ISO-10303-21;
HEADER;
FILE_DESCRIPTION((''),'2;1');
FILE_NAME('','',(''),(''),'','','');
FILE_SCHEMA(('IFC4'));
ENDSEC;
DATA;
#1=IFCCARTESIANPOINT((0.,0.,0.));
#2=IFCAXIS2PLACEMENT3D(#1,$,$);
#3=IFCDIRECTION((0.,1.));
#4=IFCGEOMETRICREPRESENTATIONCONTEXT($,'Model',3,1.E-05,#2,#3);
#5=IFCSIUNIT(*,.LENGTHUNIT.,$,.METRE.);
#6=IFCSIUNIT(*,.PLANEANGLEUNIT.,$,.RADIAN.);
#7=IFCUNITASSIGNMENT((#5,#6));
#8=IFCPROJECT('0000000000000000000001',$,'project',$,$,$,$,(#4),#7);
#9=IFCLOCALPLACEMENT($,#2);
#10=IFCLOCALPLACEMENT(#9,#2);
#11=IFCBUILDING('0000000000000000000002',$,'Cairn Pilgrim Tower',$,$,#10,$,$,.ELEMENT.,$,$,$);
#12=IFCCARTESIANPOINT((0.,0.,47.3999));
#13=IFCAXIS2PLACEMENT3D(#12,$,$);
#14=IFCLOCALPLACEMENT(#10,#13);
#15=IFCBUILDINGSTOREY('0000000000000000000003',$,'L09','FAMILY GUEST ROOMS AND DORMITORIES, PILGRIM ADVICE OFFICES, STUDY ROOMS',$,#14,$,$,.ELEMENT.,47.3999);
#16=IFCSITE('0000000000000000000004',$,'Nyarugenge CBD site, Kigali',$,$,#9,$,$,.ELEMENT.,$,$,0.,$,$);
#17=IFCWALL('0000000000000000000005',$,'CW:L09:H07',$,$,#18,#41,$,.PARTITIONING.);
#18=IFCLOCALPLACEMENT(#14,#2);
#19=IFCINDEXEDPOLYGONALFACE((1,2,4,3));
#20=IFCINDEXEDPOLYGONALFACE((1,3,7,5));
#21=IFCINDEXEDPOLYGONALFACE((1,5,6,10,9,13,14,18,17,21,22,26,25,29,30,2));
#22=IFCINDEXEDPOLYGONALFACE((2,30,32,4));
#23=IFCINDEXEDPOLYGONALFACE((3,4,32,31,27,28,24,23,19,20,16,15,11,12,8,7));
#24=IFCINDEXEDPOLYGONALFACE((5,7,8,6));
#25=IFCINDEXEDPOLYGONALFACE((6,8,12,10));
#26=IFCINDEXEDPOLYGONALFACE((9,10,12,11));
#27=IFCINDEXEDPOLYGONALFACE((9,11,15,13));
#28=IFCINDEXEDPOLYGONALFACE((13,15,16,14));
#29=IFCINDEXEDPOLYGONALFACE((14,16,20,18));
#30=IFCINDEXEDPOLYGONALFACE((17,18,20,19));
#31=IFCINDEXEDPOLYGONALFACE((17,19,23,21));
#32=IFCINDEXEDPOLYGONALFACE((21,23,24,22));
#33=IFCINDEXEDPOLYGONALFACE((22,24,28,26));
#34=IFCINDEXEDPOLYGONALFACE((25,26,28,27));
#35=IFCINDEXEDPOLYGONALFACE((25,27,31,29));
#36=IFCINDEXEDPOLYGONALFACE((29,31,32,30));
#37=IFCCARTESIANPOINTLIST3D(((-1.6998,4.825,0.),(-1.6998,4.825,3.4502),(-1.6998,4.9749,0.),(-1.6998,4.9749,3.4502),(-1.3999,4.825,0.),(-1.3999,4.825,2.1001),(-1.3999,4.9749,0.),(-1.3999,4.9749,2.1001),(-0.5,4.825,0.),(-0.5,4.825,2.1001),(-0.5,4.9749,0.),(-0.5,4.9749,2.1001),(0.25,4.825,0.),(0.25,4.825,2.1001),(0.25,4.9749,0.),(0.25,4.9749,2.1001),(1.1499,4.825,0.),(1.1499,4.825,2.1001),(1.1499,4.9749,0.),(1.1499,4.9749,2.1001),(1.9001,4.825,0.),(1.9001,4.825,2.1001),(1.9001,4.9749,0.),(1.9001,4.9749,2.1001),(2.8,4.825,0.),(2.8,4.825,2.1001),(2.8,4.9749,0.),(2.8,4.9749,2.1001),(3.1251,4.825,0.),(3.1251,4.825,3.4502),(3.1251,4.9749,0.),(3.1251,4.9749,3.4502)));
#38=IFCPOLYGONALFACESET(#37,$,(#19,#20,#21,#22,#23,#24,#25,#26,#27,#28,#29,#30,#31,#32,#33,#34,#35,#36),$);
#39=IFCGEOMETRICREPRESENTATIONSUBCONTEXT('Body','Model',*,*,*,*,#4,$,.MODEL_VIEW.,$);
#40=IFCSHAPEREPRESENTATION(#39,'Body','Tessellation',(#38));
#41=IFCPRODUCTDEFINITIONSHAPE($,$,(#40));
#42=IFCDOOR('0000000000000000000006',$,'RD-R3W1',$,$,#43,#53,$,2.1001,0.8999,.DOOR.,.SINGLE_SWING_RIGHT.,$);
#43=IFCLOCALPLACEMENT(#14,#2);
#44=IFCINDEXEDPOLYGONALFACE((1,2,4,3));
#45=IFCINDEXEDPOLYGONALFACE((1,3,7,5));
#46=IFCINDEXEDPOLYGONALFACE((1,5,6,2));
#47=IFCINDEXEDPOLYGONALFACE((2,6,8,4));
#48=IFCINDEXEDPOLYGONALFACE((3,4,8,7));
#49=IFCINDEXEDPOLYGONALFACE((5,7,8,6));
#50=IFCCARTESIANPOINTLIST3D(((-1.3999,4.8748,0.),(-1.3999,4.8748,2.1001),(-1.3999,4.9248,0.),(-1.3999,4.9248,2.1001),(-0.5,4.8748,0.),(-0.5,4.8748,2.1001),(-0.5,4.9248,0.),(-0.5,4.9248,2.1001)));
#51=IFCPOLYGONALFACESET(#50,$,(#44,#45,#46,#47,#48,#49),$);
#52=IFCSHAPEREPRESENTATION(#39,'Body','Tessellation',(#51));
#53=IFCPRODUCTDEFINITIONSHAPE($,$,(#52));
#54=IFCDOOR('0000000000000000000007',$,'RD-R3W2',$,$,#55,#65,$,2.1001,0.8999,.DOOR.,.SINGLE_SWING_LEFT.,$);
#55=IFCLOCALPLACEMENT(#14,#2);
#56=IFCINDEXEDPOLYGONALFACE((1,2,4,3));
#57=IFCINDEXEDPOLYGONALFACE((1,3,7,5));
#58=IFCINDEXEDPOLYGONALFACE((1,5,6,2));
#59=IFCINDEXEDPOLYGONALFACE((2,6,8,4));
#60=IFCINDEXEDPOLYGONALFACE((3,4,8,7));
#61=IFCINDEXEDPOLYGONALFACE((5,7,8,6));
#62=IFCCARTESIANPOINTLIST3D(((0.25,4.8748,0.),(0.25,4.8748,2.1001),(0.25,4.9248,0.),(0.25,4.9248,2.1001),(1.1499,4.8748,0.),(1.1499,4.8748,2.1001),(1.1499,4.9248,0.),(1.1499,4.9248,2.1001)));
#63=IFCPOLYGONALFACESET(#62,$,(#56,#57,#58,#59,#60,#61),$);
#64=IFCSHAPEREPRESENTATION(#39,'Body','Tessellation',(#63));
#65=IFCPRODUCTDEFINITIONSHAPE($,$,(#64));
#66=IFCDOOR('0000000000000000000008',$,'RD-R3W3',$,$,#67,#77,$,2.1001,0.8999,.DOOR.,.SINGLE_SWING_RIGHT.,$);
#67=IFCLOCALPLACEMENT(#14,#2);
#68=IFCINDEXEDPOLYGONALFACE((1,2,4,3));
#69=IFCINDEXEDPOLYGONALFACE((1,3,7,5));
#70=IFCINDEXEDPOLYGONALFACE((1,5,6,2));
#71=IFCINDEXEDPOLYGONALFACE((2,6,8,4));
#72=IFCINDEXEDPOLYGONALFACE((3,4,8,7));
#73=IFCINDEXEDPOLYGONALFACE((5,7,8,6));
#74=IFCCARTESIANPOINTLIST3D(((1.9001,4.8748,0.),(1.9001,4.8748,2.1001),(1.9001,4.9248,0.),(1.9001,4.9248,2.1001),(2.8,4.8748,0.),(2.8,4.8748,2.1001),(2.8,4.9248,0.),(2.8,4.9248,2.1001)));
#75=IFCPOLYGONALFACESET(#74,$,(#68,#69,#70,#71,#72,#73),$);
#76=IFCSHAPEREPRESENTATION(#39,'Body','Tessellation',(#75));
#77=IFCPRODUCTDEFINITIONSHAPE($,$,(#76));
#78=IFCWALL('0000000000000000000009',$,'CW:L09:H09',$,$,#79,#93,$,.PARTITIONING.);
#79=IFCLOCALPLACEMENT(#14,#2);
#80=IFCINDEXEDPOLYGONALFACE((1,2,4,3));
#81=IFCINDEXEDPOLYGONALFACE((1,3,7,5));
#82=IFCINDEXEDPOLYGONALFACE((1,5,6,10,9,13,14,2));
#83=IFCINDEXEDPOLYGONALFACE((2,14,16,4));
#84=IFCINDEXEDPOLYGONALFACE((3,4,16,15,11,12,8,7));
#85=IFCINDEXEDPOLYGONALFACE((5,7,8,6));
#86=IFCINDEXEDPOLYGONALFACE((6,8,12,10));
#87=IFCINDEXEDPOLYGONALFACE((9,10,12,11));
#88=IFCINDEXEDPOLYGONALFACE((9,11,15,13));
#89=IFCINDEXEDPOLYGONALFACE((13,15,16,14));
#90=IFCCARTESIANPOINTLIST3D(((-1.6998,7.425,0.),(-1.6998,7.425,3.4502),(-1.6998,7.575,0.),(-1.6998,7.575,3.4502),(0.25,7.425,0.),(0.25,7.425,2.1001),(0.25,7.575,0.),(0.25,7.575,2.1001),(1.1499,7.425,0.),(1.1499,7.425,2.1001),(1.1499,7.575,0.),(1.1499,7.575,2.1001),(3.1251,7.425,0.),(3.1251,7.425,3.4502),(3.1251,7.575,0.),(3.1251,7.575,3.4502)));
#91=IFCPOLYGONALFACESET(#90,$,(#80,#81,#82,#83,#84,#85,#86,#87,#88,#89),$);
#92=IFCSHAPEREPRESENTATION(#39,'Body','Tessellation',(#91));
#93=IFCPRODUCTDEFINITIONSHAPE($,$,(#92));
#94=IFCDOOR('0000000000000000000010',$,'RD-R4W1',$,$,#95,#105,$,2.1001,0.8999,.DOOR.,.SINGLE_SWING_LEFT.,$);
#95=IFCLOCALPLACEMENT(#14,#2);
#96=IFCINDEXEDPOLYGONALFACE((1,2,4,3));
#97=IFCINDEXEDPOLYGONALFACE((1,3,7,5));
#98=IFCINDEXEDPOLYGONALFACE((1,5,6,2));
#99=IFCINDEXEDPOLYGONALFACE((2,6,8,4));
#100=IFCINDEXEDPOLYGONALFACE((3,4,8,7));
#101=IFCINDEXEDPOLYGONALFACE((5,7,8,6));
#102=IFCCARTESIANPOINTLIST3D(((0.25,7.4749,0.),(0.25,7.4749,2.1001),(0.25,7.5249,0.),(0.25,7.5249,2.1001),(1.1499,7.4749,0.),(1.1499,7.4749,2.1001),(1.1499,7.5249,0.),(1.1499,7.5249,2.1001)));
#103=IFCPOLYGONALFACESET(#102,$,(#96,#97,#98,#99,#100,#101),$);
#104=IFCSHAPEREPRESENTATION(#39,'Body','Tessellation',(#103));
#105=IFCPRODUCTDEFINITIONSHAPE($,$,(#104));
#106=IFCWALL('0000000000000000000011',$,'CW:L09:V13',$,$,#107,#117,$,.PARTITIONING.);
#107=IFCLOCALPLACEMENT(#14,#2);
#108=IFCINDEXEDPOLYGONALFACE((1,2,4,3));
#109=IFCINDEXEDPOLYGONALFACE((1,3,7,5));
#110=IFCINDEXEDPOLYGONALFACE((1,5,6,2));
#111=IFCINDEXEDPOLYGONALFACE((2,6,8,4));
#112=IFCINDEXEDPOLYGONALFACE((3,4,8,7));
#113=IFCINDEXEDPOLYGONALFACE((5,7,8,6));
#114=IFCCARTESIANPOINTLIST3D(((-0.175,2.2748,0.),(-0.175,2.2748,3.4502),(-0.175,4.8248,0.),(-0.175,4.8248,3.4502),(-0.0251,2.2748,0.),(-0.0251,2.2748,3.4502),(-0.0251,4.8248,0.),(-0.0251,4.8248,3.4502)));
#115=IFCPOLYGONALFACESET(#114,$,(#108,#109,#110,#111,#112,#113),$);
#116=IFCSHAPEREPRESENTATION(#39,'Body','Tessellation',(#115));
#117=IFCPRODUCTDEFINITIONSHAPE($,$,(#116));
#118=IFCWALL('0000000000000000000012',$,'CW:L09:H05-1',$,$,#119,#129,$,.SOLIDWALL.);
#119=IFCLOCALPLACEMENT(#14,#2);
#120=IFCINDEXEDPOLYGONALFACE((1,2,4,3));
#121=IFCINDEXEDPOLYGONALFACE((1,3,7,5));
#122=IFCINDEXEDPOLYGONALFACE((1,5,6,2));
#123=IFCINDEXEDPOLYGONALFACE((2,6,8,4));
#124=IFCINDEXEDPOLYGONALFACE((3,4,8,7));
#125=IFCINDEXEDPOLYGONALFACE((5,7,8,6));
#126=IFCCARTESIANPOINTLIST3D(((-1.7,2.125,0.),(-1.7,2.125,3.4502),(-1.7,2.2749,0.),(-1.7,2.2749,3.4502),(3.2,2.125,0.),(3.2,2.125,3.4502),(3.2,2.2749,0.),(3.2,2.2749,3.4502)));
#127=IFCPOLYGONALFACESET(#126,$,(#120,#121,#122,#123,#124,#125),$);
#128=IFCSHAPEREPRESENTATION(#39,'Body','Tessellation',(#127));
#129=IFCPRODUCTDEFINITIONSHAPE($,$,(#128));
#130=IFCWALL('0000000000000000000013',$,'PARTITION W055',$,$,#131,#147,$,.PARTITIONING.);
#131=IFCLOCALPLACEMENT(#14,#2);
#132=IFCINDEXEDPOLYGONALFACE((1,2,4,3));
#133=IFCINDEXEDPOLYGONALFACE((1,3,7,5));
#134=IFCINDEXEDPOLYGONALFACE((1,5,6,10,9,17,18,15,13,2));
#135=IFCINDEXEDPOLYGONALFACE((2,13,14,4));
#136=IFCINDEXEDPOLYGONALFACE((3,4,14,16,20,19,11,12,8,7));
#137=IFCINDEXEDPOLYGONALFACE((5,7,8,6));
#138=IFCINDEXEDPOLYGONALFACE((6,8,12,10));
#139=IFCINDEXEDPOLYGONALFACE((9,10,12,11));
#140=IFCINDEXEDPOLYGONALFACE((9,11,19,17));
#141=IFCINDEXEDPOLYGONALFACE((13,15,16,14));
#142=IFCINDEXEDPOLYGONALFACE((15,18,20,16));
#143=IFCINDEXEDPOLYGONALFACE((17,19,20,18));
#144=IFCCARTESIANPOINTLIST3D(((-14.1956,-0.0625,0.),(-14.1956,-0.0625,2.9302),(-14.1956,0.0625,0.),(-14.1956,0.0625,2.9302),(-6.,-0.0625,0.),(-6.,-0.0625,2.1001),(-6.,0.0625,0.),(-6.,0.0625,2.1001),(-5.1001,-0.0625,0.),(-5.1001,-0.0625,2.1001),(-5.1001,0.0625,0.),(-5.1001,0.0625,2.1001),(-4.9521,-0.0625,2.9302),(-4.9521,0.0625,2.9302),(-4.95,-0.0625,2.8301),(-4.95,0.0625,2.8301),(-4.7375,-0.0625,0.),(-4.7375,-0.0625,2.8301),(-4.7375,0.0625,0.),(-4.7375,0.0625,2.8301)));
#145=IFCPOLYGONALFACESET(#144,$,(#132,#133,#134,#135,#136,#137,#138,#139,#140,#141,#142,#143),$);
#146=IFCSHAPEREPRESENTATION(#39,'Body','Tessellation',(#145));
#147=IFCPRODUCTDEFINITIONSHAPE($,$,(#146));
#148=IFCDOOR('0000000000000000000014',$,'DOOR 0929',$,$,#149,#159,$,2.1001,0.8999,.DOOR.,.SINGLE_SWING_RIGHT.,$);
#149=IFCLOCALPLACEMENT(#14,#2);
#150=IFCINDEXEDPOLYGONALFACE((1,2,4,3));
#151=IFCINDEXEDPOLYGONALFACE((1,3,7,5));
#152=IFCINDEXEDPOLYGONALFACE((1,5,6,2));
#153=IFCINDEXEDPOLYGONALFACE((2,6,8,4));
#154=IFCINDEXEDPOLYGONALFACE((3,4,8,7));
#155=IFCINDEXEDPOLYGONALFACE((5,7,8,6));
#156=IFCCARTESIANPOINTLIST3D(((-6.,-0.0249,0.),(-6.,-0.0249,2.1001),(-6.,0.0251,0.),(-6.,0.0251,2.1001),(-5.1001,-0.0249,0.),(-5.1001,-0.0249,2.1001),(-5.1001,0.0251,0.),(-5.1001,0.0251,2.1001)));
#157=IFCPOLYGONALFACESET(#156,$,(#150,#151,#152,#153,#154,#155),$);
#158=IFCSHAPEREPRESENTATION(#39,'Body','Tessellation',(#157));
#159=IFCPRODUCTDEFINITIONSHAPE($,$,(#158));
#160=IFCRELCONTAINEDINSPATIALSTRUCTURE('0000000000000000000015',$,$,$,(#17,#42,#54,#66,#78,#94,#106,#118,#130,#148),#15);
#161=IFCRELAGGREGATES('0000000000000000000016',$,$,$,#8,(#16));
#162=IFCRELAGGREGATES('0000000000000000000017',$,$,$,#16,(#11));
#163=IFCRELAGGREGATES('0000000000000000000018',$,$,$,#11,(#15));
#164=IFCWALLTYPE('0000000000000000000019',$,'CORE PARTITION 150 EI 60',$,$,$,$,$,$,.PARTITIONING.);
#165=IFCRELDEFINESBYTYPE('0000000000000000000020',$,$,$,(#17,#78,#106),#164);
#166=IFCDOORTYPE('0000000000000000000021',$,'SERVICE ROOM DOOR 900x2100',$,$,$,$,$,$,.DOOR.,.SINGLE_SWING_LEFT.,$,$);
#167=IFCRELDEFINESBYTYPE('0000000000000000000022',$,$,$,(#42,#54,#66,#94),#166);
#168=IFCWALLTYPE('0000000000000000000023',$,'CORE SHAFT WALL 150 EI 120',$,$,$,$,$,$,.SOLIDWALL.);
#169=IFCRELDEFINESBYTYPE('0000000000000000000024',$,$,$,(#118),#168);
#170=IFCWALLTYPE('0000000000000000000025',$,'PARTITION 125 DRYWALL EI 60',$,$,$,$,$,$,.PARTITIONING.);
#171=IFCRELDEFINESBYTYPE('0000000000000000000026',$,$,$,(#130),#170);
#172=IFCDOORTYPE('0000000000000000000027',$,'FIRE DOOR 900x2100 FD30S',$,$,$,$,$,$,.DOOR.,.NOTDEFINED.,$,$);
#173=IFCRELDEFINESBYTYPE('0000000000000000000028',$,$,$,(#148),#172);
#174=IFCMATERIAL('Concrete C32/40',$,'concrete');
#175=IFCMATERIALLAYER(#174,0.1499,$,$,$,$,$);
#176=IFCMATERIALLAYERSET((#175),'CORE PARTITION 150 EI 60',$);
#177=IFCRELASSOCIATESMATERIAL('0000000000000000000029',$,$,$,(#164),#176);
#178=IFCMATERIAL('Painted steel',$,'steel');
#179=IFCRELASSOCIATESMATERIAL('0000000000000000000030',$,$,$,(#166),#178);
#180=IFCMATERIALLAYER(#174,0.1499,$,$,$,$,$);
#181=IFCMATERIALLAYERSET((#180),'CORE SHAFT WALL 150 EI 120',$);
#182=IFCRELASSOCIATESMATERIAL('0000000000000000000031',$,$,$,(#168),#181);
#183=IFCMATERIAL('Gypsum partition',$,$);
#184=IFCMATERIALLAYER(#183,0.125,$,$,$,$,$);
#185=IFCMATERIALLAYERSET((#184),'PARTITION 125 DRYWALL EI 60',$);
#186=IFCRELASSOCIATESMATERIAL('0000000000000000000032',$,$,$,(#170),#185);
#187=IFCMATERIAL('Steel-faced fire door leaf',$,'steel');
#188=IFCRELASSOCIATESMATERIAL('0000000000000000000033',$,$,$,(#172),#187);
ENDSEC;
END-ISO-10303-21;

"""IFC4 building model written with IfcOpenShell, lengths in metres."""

from ifc_helpers import new_model, si_unit, direction, frame, frame_2d, origin, place, context, subcontext, project, spatial, polyline, rectangle, outline, extrude, material, layer, layer_set, type_object, element, fill, save


model = new_model("IFC4")

# Units and contexts
model_context = context("Model", 3, precision=1e-05, world=origin(), true_north=direction((0.0, 1.0)))
body_context = subcontext(model_context, "Body", "Model", "MODEL_VIEW")
ifc_project = project(units=[si_unit("LENGTHUNIT", "METRE"), si_unit("PLANEANGLEUNIT", "RADIAN")], contexts=[model_context])

# Site, building, storey
site_placement = place(None, origin())
site = spatial("IfcSite", under=ifc_project, at=site_placement, Name="Nyarugenge CBD site, Kigali", CompositionType="ELEMENT", RefElevation=0.0)
building_placement = place(site_placement, origin())
building = spatial("IfcBuilding", under=site, at=building_placement, Name="Cairn Pilgrim Tower", CompositionType="ELEMENT")
storey_placement = place(building_placement, frame((0.0, 0.0, 47.3999)))
storey = spatial("IfcBuildingStorey", under=building, at=storey_placement, Name="L09", Description="FAMILY GUEST ROOMS AND DORMITORIES, PILGRIM ADVICE OFFICES, STUDY ROOMS", CompositionType="ELEMENT", Elevation=47.3999)

# Shared definitions
ifc_material_1 = material(Name="Concrete C32/40", Category="concrete")

# Wall, openings, doors
ifc_layer_1 = layer(ifc_material_1, 0.1499)
ifc_layer_set_1 = layer_set([ifc_layer_1], Name="CORE PARTITION 150 EI 60")
wall_type_1 = type_object("IfcWallType", Name="CORE PARTITION 150 EI 60", PredefinedType="PARTITIONING", material=ifc_layer_set_1)
wall_1_placement = place(storey_placement, frame((-1.7, 4.8999, 0.0), z_axis=(0.0, 0.0, 1.0), x_axis=(1.0, 0.0, 0.0)))
wall_1 = element("IfcWall", 1, at=wall_1_placement, inside=storey, type_object=wall_type_1, Name="CW:L09:H07", PredefinedType="PARTITIONING", context=body_context, shape_type="SweptSolid", body=[
    extrude(rectangle(XDim=4.825, YDim=0.1499, at=frame_2d((2.4126, 0.0))), origin(), (0.0, 0.0, 1.0), 3.4502),
])
opening_1_placement = place(wall_1_placement, frame((0.3, 0.0, 0.0)))
opening_1 = element("IfcOpeningElement", 2, at=opening_1_placement, cuts=wall_1, PredefinedType="OPENING", context=body_context, shape_type="SweptSolid", body=[
    extrude(rectangle(XDim=0.8999, YDim=2.1001, at=frame_2d((0.45, 1.05))), frame((0.0, 0.085, 0.0), z_axis=(0.0, -1.0, 0.0), x_axis=(1.0, 0.0, 0.0)), (0.0, 0.0, 1.0), 0.1699),
])
opening_2_placement = place(wall_1_placement, frame((1.95, 0.0, 0.0)))
opening_2 = element("IfcOpeningElement", 3, at=opening_2_placement, cuts=wall_1, PredefinedType="OPENING", context=body_context, shape_type="SweptSolid", body=[
    extrude(rectangle(XDim=0.8999, YDim=2.1001, at=frame_2d((0.45, 1.05))), frame((0.0, 0.085, 0.0), z_axis=(0.0, -1.0, 0.0), x_axis=(1.0, 0.0, 0.0)), (0.0, 0.0, 1.0), 0.1699),
])
opening_3_placement = place(wall_1_placement, frame((3.6001, 0.0, 0.0)))
opening_3 = element("IfcOpeningElement", 4, at=opening_3_placement, cuts=wall_1, PredefinedType="OPENING", context=body_context, shape_type="SweptSolid", body=[
    extrude(rectangle(XDim=0.8999, YDim=2.1001, at=frame_2d((0.45, 1.05))), frame((0.0, 0.085, 0.0), z_axis=(0.0, -1.0, 0.0), x_axis=(1.0, 0.0, 0.0)), (0.0, 0.0, 1.0), 0.1699),
])
ifc_material_2 = material(Name="Painted steel", Category="steel")
door_type_1 = type_object("IfcDoorType", Name="SERVICE ROOM DOOR 900x2100", OperationType="SINGLE_SWING_LEFT", PredefinedType="DOOR", material=ifc_material_2)
door_1_placement = place(opening_1_placement, origin())
door_1 = element("IfcDoor", 5, at=door_1_placement, inside=storey, type_object=door_type_1, Name="RD-R3W1", OperationType="SINGLE_SWING_RIGHT", OverallHeight=2.1001, OverallWidth=0.8999, PredefinedType="DOOR", context=body_context, shape_type="SweptSolid", body=[
    extrude(rectangle(XDim=0.8999, YDim=2.1001, at=frame_2d((0.45, 1.05))), frame((0.0, 0.0249, 0.0), z_axis=(0.0, -1.0, 0.0), x_axis=(1.0, 0.0, 0.0)), (0.0, 0.0, 1.0), 0.05),
])
fill(opening_1, door_1)
door_2_placement = place(opening_2_placement, origin())
door_2 = element("IfcDoor", 6, at=door_2_placement, inside=storey, type_object=door_type_1, Name="RD-R3W2", OperationType="SINGLE_SWING_LEFT", OverallHeight=2.1001, OverallWidth=0.8999, PredefinedType="DOOR", context=body_context, shape_type="SweptSolid", body=[
    extrude(rectangle(XDim=0.8999, YDim=2.1001, at=frame_2d((0.45, 1.05))), frame((0.0, 0.0249, 0.0), z_axis=(0.0, -1.0, 0.0), x_axis=(1.0, 0.0, 0.0)), (0.0, 0.0, 1.0), 0.05),
])
fill(opening_2, door_2)
door_3_placement = place(opening_3_placement, origin())
door_3 = element("IfcDoor", 7, at=door_3_placement, inside=storey, type_object=door_type_1, Name="RD-R3W3", OperationType="SINGLE_SWING_RIGHT", OverallHeight=2.1001, OverallWidth=0.8999, PredefinedType="DOOR", context=body_context, shape_type="SweptSolid", body=[
    extrude(rectangle(XDim=0.8999, YDim=2.1001, at=frame_2d((0.45, 1.05))), frame((0.0, 0.0249, 0.0), z_axis=(0.0, -1.0, 0.0), x_axis=(1.0, 0.0, 0.0)), (0.0, 0.0, 1.0), 0.05),
])
fill(opening_3, door_3)

# Wall, opening, door
wall_2_placement = place(storey_placement, frame((-1.7, 7.5, 0.0), z_axis=(0.0, 0.0, 1.0), x_axis=(1.0, 0.0, 0.0)))
wall_2 = element("IfcWall", 8, at=wall_2_placement, inside=storey, type_object=wall_type_1, Name="CW:L09:H09", PredefinedType="PARTITIONING", context=body_context, shape_type="SweptSolid", body=[
    extrude(rectangle(XDim=4.825, YDim=0.1499, at=frame_2d((2.4126, 0.0))), origin(), (0.0, 0.0, 1.0), 3.4502),
])
opening_4_placement = place(wall_2_placement, frame((1.95, 0.0, 0.0)))
opening_4 = element("IfcOpeningElement", 9, at=opening_4_placement, cuts=wall_2, PredefinedType="OPENING", context=body_context, shape_type="SweptSolid", body=[
    extrude(rectangle(XDim=0.8999, YDim=2.1001, at=frame_2d((0.45, 1.05))), frame((0.0, 0.085, 0.0), z_axis=(0.0, -1.0, 0.0), x_axis=(1.0, 0.0, 0.0)), (0.0, 0.0, 1.0), 0.1699),
])
door_4_placement = place(opening_4_placement, origin())
door_4 = element("IfcDoor", 10, at=door_4_placement, inside=storey, type_object=door_type_1, Name="RD-R4W1", OperationType="SINGLE_SWING_LEFT", OverallHeight=2.1001, OverallWidth=0.8999, PredefinedType="DOOR", context=body_context, shape_type="SweptSolid", body=[
    extrude(rectangle(XDim=0.8999, YDim=2.1001, at=frame_2d((0.45, 1.05))), frame((0.0, 0.0249, 0.0), z_axis=(0.0, -1.0, 0.0), x_axis=(1.0, 0.0, 0.0)), (0.0, 0.0, 1.0), 0.05),
])
fill(opening_4, door_4)

# Walls
wall_3_placement = place(storey_placement, frame((-0.1001, 2.2749, 0.0), z_axis=(0.0, 0.0, 1.0), x_axis=(0.0, 1.0, 0.0)))
element("IfcWall", 11, at=wall_3_placement, inside=storey, type_object=wall_type_1, Name="CW:L09:V13", PredefinedType="PARTITIONING", context=body_context, shape_type="SweptSolid", body=[
    extrude(rectangle(XDim=2.55, YDim=0.1499, at=frame_2d((1.2749, 0.0))), origin(), (0.0, 0.0, 1.0), 3.4502),
])
ifc_layer_2 = layer(ifc_material_1, 0.1499)
ifc_layer_set_2 = layer_set([ifc_layer_2], Name="CORE SHAFT WALL 150 EI 120")
wall_type_2 = type_object("IfcWallType", Name="CORE SHAFT WALL 150 EI 120", PredefinedType="SOLIDWALL", material=ifc_layer_set_2)
wall_4_placement = place(storey_placement, frame((-1.7, 2.2, 0.0), z_axis=(0.0, 0.0, 1.0), x_axis=(1.0, 0.0, 0.0)))
element("IfcWall", 12, at=wall_4_placement, inside=storey, type_object=wall_type_2, Name="CW:L09:H05-1", PredefinedType="SOLIDWALL", context=body_context, shape_type="SweptSolid", body=[
    extrude(rectangle(XDim=4.8999, YDim=0.1499, at=frame_2d((2.45, 0.0))), origin(), (0.0, 0.0, 1.0), 3.4502),
])

# Wall, opening, door
ifc_material_3 = material(Name="Gypsum partition")
ifc_layer_3 = layer(ifc_material_3, 0.125)
ifc_layer_set_3 = layer_set([ifc_layer_3], Name="PARTITION 125 DRYWALL EI 60")
wall_type_3 = type_object("IfcWallType", Name="PARTITION 125 DRYWALL EI 60", PredefinedType="PARTITIONING", material=ifc_layer_set_3)
wall_5_placement = place(storey_placement, frame((-14.1956, 0.0, 0.0), z_axis=(0.0, 0.0, 1.0), x_axis=(1.0, 0.0, 0.0)))
wall_5 = element("IfcWall", 13, at=wall_5_placement, inside=storey, type_object=wall_type_3, Name="PARTITION W055", PredefinedType="PARTITIONING", context=body_context, shape_type="SweptSolid", body=[
    extrude(outline(polyline([(0.0, 0.0), (9.458, 0.0), (9.458, 2.8301), (9.2456, 2.8301), (9.2434, 2.9302), (0.0, 2.9302), (0.0, 0.0)])), frame((0.0, 0.0625, 0.0), z_axis=(0.0, -1.0, 0.0), x_axis=(1.0, 0.0, 0.0)), (0.0, 0.0, 1.0), 0.125),
])
opening_5_placement = place(wall_5_placement, frame((8.1956, 0.0, 0.0)))
opening_5 = element("IfcOpeningElement", 14, at=opening_5_placement, cuts=wall_5, PredefinedType="OPENING", context=body_context, shape_type="SweptSolid", body=[
    extrude(rectangle(XDim=0.8999, YDim=2.1001, at=frame_2d((0.45, 1.05))), frame((0.0, 0.0725, 0.0), z_axis=(0.0, -1.0, 0.0), x_axis=(1.0, 0.0, 0.0)), (0.0, 0.0, 1.0), 0.145),
])
ifc_material_4 = material(Name="Steel-faced fire door leaf", Category="steel")
door_type_2 = type_object("IfcDoorType", Name="FIRE DOOR 900x2100 FD30S", OperationType="NOTDEFINED", PredefinedType="DOOR", material=ifc_material_4)
door_5_placement = place(opening_5_placement, frame((0.8999, 0.0, 0.0), z_axis=(0.0, 0.0, 1.0), x_axis=(-1.0, 0.0, 0.0)))
door_5 = element("IfcDoor", 15, at=door_5_placement, inside=storey, type_object=door_type_2, Name="DOOR 0929", OperationType="SINGLE_SWING_RIGHT", OverallHeight=2.1001, OverallWidth=0.8999, PredefinedType="DOOR", context=body_context, shape_type="SweptSolid", body=[
    extrude(rectangle(XDim=0.8999, YDim=2.1001, at=frame_2d((0.45, 1.05))), frame((0.0, 0.0249, 0.0), z_axis=(0.0, -1.0, 0.0), x_axis=(1.0, 0.0, 0.0)), (0.0, 0.0, 1.0), 0.05),
])
fill(opening_5, door_5)

save(model, "model.ifc")
